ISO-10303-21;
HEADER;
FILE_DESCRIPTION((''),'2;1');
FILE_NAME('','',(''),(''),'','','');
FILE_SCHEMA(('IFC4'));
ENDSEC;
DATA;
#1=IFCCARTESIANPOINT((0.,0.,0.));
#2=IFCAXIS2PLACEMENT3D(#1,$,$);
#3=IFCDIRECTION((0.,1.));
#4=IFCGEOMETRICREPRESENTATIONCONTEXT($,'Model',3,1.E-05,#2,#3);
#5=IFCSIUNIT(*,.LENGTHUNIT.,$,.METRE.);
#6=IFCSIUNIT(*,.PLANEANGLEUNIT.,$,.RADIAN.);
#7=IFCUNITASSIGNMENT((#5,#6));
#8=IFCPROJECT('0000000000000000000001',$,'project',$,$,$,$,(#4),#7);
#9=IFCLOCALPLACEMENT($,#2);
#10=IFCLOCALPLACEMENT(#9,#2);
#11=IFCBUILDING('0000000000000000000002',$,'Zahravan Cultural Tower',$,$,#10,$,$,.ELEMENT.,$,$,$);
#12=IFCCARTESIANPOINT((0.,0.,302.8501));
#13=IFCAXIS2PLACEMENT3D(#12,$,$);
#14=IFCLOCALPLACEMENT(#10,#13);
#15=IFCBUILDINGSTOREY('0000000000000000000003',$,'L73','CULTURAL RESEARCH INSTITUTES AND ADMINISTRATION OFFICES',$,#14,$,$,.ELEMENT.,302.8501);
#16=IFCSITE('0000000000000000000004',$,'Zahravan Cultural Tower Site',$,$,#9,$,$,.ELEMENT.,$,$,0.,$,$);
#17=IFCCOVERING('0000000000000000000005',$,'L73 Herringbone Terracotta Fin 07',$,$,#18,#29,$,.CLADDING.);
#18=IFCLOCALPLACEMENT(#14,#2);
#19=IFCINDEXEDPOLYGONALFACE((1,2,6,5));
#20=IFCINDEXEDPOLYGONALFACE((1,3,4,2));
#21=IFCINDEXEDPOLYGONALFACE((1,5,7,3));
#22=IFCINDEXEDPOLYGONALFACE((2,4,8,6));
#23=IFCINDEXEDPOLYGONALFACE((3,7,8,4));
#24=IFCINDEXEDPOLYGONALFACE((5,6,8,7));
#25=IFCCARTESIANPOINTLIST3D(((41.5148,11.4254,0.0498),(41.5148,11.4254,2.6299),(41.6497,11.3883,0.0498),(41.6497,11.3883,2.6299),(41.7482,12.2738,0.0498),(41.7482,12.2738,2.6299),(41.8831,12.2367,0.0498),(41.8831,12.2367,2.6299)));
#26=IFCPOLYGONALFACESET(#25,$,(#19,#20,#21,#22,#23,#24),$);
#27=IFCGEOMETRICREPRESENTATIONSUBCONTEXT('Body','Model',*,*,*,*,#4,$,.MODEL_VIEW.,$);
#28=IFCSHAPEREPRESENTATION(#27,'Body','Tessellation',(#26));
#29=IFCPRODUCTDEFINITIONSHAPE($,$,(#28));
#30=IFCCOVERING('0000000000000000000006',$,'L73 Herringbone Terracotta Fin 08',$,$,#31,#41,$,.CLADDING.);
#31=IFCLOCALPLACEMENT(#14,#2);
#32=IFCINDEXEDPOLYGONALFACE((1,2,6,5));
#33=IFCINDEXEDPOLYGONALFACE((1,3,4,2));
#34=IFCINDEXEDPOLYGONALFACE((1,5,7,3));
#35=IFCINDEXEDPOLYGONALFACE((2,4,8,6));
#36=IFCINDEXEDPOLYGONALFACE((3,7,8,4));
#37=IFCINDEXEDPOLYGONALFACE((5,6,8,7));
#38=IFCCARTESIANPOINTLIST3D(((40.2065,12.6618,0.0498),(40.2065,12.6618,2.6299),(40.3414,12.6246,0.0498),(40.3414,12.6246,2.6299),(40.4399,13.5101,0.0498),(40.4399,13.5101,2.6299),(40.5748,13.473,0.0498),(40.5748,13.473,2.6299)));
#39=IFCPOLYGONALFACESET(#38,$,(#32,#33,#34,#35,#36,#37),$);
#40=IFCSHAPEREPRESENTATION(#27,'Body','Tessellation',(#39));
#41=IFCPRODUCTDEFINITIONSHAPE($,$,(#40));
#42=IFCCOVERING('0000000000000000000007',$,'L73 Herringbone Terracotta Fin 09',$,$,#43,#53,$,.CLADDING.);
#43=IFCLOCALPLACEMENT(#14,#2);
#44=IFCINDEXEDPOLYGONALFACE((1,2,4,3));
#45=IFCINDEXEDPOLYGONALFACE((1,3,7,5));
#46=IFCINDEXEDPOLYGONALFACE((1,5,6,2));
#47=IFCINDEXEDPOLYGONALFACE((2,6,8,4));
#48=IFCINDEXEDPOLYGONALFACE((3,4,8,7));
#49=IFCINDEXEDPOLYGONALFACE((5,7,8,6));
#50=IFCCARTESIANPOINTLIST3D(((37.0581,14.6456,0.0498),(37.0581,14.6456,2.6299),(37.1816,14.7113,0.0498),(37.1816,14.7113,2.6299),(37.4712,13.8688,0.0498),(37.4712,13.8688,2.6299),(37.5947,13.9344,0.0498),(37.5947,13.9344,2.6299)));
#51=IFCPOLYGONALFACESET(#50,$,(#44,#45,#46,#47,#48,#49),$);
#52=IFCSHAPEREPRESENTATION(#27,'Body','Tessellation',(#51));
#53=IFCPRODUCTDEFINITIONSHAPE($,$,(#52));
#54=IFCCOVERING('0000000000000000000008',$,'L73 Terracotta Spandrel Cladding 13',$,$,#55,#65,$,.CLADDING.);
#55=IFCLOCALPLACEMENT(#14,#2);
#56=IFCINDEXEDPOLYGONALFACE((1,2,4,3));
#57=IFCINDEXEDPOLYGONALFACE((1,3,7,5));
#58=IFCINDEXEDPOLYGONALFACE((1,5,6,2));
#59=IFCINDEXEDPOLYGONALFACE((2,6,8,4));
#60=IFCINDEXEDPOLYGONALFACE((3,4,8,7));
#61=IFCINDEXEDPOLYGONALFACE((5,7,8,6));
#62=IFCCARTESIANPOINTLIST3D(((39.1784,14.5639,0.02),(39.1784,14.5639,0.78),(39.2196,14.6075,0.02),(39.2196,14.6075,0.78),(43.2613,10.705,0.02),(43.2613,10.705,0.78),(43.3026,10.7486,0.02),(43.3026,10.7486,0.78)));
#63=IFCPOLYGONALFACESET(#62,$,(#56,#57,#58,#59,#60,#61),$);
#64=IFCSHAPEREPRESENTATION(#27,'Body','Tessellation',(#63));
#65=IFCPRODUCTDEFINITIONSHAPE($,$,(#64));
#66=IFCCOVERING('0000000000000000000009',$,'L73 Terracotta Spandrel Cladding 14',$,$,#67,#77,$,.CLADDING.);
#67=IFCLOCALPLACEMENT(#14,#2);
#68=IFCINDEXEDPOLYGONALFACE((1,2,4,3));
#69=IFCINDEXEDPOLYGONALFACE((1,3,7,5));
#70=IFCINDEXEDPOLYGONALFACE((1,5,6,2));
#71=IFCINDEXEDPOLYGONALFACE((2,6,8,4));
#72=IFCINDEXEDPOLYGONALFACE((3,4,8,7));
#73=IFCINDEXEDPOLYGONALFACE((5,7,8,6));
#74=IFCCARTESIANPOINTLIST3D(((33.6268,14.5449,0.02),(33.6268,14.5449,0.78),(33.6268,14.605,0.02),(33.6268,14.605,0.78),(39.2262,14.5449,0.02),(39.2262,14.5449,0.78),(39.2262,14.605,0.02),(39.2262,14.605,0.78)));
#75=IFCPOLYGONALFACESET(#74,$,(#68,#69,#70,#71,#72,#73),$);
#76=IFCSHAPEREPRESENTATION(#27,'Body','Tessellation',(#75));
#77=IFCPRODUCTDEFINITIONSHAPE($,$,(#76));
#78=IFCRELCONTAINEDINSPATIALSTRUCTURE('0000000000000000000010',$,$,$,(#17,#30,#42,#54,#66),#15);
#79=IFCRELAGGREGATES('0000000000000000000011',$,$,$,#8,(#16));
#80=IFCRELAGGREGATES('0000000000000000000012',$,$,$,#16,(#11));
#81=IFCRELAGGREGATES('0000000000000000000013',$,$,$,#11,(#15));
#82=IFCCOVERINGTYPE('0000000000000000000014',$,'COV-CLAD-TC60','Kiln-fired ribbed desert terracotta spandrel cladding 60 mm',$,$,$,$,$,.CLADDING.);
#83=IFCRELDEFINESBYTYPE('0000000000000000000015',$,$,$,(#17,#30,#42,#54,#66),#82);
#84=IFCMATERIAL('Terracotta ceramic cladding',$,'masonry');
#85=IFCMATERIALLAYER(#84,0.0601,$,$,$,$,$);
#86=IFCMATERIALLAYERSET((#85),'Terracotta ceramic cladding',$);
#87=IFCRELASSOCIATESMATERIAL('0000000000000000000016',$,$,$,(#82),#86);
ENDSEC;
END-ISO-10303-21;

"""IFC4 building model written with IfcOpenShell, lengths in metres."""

from ifc_helpers import new_model, si_unit, direction, frame, origin, origin_2d, place, context, subcontext, project, spatial, rectangle, extrude, source, transform, mapped, material, layer, layer_set, type_object, element, save


model = new_model("IFC4")

# Units and contexts
model_context = context("Model", 3, precision=1e-05, world=origin(), true_north=direction((0.0, 1.0)))
body_context = subcontext(model_context, "Body", "Model", "MODEL_VIEW")
ifc_project = project(units=[si_unit("LENGTHUNIT", "METRE"), si_unit("PLANEANGLEUNIT", "RADIAN")], contexts=[model_context])

# Site, building, storey
site_placement = place(None, origin())
site = spatial("IfcSite", under=ifc_project, at=site_placement, Name="Zahravan Cultural Tower Site", CompositionType="ELEMENT", RefElevation=0.0)
building_placement = place(site_placement, origin())
building = spatial("IfcBuilding", under=site, at=building_placement, Name="Zahravan Cultural Tower", CompositionType="ELEMENT")
storey_placement = place(building_placement, frame((0.0, 0.0, 302.8501)))
storey = spatial("IfcBuildingStorey", under=building, at=storey_placement, Name="L73", Description="CULTURAL RESEARCH INSTITUTES AND ADMINISTRATION OFFICES", CompositionType="ELEMENT", Elevation=302.8501)

# Coverings
ifc_material_1 = material(Name="Terracotta ceramic cladding", Category="masonry")
ifc_layer_1 = layer(ifc_material_1, 0.0601)
ifc_layer_set_1 = layer_set([ifc_layer_1], Name="Terracotta ceramic cladding")
covering_type = type_object("IfcCoveringType", Name="COV-CLAD-TC60", Description="Kiln-fired ribbed desert terracotta spandrel cladding 60 mm", PredefinedType="CLADDING", material=ifc_layer_set_1)
shared_shape_1 = source(origin(), body_context, "Body", "SweptSolid", [
    extrude(rectangle(XDim=0.8799, YDim=0.1399, at=origin_2d()), origin(), (0.0, 0.0, 1.0), 2.5801),
])
for number, where, z_axis, x_axis, name in (
    (1, (41.699, 11.8311, 0.0498), (0.0, 0.0, 1.0), (-0.265287, -0.96417, 0.0), "L73 Herringbone Terracotta Fin 07"),
    (2, (40.3906, 13.0674, 0.0498), (0.0, 0.0, 1.0), (-0.265287, -0.96417, 0.0), "L73 Herringbone Terracotta Fin 08"),
    (3, (37.3264, 14.29, 0.0498), (0.0, 0.0, 1.0), (0.469472, -0.882948, 0.0), "L73 Herringbone Terracotta Fin 09"),
):
    element("IfcCovering", number, at=place(storey_placement, frame(where, z_axis=z_axis, x_axis=x_axis)), inside=storey, type_object=covering_type, Name=name, PredefinedType="CLADDING", context=body_context, shape_type="MappedRepresentation", body=[
        mapped(shared_shape_1, transform((0.0, 0.0, 0.0), x_axis=(1.0, 0.0, 0.0), y_axis=(0.0, 1.0, 0.0), z_axis=(0.0, 0.0, 1.0), scale=1.0)),
    ])
shared_shape_2 = source(origin(), body_context, "Body", "SweptSolid", [
    extrude(rectangle(XDim=5.6179, YDim=0.0601, at=origin_2d()), origin(), (0.0, 0.0, 1.0), 0.76),
])
covering_1_placement = place(storey_placement, frame((41.2405, 12.6562, 0.02), z_axis=(0.0, 0.0, 1.0), x_axis=(-0.726767, 0.686885, 0.0)))
element("IfcCovering", 4, at=covering_1_placement, inside=storey, type_object=covering_type, Name="L73 Terracotta Spandrel Cladding 13", PredefinedType="CLADDING", context=body_context, shape_type="MappedRepresentation", body=[
    mapped(shared_shape_2, transform((0.0, 0.0, 0.0), x_axis=(1.0, 0.0, 0.0), y_axis=(0.0, 1.0, 0.0), z_axis=(0.0, 0.0, 1.0), scale=1.0)),
])
shared_shape_3 = source(origin(), body_context, "Body", "SweptSolid", [
    extrude(rectangle(XDim=5.5994, YDim=0.0601, at=origin_2d()), origin(), (0.0, 0.0, 1.0), 0.76),
])
covering_2_placement = place(storey_placement, frame((36.4265, 14.575, 0.02), z_axis=(0.0, 0.0, 1.0), x_axis=(-1.0, 0.0, 0.0)))
element("IfcCovering", 5, at=covering_2_placement, inside=storey, type_object=covering_type, Name="L73 Terracotta Spandrel Cladding 14", PredefinedType="CLADDING", context=body_context, shape_type="MappedRepresentation", body=[
    mapped(shared_shape_3, transform((0.0, 0.0, 0.0), x_axis=(1.0, 0.0, 0.0), y_axis=(0.0, 1.0, 0.0), z_axis=(0.0, 0.0, 1.0), scale=1.0)),
])

save(model, "model.ifc")
